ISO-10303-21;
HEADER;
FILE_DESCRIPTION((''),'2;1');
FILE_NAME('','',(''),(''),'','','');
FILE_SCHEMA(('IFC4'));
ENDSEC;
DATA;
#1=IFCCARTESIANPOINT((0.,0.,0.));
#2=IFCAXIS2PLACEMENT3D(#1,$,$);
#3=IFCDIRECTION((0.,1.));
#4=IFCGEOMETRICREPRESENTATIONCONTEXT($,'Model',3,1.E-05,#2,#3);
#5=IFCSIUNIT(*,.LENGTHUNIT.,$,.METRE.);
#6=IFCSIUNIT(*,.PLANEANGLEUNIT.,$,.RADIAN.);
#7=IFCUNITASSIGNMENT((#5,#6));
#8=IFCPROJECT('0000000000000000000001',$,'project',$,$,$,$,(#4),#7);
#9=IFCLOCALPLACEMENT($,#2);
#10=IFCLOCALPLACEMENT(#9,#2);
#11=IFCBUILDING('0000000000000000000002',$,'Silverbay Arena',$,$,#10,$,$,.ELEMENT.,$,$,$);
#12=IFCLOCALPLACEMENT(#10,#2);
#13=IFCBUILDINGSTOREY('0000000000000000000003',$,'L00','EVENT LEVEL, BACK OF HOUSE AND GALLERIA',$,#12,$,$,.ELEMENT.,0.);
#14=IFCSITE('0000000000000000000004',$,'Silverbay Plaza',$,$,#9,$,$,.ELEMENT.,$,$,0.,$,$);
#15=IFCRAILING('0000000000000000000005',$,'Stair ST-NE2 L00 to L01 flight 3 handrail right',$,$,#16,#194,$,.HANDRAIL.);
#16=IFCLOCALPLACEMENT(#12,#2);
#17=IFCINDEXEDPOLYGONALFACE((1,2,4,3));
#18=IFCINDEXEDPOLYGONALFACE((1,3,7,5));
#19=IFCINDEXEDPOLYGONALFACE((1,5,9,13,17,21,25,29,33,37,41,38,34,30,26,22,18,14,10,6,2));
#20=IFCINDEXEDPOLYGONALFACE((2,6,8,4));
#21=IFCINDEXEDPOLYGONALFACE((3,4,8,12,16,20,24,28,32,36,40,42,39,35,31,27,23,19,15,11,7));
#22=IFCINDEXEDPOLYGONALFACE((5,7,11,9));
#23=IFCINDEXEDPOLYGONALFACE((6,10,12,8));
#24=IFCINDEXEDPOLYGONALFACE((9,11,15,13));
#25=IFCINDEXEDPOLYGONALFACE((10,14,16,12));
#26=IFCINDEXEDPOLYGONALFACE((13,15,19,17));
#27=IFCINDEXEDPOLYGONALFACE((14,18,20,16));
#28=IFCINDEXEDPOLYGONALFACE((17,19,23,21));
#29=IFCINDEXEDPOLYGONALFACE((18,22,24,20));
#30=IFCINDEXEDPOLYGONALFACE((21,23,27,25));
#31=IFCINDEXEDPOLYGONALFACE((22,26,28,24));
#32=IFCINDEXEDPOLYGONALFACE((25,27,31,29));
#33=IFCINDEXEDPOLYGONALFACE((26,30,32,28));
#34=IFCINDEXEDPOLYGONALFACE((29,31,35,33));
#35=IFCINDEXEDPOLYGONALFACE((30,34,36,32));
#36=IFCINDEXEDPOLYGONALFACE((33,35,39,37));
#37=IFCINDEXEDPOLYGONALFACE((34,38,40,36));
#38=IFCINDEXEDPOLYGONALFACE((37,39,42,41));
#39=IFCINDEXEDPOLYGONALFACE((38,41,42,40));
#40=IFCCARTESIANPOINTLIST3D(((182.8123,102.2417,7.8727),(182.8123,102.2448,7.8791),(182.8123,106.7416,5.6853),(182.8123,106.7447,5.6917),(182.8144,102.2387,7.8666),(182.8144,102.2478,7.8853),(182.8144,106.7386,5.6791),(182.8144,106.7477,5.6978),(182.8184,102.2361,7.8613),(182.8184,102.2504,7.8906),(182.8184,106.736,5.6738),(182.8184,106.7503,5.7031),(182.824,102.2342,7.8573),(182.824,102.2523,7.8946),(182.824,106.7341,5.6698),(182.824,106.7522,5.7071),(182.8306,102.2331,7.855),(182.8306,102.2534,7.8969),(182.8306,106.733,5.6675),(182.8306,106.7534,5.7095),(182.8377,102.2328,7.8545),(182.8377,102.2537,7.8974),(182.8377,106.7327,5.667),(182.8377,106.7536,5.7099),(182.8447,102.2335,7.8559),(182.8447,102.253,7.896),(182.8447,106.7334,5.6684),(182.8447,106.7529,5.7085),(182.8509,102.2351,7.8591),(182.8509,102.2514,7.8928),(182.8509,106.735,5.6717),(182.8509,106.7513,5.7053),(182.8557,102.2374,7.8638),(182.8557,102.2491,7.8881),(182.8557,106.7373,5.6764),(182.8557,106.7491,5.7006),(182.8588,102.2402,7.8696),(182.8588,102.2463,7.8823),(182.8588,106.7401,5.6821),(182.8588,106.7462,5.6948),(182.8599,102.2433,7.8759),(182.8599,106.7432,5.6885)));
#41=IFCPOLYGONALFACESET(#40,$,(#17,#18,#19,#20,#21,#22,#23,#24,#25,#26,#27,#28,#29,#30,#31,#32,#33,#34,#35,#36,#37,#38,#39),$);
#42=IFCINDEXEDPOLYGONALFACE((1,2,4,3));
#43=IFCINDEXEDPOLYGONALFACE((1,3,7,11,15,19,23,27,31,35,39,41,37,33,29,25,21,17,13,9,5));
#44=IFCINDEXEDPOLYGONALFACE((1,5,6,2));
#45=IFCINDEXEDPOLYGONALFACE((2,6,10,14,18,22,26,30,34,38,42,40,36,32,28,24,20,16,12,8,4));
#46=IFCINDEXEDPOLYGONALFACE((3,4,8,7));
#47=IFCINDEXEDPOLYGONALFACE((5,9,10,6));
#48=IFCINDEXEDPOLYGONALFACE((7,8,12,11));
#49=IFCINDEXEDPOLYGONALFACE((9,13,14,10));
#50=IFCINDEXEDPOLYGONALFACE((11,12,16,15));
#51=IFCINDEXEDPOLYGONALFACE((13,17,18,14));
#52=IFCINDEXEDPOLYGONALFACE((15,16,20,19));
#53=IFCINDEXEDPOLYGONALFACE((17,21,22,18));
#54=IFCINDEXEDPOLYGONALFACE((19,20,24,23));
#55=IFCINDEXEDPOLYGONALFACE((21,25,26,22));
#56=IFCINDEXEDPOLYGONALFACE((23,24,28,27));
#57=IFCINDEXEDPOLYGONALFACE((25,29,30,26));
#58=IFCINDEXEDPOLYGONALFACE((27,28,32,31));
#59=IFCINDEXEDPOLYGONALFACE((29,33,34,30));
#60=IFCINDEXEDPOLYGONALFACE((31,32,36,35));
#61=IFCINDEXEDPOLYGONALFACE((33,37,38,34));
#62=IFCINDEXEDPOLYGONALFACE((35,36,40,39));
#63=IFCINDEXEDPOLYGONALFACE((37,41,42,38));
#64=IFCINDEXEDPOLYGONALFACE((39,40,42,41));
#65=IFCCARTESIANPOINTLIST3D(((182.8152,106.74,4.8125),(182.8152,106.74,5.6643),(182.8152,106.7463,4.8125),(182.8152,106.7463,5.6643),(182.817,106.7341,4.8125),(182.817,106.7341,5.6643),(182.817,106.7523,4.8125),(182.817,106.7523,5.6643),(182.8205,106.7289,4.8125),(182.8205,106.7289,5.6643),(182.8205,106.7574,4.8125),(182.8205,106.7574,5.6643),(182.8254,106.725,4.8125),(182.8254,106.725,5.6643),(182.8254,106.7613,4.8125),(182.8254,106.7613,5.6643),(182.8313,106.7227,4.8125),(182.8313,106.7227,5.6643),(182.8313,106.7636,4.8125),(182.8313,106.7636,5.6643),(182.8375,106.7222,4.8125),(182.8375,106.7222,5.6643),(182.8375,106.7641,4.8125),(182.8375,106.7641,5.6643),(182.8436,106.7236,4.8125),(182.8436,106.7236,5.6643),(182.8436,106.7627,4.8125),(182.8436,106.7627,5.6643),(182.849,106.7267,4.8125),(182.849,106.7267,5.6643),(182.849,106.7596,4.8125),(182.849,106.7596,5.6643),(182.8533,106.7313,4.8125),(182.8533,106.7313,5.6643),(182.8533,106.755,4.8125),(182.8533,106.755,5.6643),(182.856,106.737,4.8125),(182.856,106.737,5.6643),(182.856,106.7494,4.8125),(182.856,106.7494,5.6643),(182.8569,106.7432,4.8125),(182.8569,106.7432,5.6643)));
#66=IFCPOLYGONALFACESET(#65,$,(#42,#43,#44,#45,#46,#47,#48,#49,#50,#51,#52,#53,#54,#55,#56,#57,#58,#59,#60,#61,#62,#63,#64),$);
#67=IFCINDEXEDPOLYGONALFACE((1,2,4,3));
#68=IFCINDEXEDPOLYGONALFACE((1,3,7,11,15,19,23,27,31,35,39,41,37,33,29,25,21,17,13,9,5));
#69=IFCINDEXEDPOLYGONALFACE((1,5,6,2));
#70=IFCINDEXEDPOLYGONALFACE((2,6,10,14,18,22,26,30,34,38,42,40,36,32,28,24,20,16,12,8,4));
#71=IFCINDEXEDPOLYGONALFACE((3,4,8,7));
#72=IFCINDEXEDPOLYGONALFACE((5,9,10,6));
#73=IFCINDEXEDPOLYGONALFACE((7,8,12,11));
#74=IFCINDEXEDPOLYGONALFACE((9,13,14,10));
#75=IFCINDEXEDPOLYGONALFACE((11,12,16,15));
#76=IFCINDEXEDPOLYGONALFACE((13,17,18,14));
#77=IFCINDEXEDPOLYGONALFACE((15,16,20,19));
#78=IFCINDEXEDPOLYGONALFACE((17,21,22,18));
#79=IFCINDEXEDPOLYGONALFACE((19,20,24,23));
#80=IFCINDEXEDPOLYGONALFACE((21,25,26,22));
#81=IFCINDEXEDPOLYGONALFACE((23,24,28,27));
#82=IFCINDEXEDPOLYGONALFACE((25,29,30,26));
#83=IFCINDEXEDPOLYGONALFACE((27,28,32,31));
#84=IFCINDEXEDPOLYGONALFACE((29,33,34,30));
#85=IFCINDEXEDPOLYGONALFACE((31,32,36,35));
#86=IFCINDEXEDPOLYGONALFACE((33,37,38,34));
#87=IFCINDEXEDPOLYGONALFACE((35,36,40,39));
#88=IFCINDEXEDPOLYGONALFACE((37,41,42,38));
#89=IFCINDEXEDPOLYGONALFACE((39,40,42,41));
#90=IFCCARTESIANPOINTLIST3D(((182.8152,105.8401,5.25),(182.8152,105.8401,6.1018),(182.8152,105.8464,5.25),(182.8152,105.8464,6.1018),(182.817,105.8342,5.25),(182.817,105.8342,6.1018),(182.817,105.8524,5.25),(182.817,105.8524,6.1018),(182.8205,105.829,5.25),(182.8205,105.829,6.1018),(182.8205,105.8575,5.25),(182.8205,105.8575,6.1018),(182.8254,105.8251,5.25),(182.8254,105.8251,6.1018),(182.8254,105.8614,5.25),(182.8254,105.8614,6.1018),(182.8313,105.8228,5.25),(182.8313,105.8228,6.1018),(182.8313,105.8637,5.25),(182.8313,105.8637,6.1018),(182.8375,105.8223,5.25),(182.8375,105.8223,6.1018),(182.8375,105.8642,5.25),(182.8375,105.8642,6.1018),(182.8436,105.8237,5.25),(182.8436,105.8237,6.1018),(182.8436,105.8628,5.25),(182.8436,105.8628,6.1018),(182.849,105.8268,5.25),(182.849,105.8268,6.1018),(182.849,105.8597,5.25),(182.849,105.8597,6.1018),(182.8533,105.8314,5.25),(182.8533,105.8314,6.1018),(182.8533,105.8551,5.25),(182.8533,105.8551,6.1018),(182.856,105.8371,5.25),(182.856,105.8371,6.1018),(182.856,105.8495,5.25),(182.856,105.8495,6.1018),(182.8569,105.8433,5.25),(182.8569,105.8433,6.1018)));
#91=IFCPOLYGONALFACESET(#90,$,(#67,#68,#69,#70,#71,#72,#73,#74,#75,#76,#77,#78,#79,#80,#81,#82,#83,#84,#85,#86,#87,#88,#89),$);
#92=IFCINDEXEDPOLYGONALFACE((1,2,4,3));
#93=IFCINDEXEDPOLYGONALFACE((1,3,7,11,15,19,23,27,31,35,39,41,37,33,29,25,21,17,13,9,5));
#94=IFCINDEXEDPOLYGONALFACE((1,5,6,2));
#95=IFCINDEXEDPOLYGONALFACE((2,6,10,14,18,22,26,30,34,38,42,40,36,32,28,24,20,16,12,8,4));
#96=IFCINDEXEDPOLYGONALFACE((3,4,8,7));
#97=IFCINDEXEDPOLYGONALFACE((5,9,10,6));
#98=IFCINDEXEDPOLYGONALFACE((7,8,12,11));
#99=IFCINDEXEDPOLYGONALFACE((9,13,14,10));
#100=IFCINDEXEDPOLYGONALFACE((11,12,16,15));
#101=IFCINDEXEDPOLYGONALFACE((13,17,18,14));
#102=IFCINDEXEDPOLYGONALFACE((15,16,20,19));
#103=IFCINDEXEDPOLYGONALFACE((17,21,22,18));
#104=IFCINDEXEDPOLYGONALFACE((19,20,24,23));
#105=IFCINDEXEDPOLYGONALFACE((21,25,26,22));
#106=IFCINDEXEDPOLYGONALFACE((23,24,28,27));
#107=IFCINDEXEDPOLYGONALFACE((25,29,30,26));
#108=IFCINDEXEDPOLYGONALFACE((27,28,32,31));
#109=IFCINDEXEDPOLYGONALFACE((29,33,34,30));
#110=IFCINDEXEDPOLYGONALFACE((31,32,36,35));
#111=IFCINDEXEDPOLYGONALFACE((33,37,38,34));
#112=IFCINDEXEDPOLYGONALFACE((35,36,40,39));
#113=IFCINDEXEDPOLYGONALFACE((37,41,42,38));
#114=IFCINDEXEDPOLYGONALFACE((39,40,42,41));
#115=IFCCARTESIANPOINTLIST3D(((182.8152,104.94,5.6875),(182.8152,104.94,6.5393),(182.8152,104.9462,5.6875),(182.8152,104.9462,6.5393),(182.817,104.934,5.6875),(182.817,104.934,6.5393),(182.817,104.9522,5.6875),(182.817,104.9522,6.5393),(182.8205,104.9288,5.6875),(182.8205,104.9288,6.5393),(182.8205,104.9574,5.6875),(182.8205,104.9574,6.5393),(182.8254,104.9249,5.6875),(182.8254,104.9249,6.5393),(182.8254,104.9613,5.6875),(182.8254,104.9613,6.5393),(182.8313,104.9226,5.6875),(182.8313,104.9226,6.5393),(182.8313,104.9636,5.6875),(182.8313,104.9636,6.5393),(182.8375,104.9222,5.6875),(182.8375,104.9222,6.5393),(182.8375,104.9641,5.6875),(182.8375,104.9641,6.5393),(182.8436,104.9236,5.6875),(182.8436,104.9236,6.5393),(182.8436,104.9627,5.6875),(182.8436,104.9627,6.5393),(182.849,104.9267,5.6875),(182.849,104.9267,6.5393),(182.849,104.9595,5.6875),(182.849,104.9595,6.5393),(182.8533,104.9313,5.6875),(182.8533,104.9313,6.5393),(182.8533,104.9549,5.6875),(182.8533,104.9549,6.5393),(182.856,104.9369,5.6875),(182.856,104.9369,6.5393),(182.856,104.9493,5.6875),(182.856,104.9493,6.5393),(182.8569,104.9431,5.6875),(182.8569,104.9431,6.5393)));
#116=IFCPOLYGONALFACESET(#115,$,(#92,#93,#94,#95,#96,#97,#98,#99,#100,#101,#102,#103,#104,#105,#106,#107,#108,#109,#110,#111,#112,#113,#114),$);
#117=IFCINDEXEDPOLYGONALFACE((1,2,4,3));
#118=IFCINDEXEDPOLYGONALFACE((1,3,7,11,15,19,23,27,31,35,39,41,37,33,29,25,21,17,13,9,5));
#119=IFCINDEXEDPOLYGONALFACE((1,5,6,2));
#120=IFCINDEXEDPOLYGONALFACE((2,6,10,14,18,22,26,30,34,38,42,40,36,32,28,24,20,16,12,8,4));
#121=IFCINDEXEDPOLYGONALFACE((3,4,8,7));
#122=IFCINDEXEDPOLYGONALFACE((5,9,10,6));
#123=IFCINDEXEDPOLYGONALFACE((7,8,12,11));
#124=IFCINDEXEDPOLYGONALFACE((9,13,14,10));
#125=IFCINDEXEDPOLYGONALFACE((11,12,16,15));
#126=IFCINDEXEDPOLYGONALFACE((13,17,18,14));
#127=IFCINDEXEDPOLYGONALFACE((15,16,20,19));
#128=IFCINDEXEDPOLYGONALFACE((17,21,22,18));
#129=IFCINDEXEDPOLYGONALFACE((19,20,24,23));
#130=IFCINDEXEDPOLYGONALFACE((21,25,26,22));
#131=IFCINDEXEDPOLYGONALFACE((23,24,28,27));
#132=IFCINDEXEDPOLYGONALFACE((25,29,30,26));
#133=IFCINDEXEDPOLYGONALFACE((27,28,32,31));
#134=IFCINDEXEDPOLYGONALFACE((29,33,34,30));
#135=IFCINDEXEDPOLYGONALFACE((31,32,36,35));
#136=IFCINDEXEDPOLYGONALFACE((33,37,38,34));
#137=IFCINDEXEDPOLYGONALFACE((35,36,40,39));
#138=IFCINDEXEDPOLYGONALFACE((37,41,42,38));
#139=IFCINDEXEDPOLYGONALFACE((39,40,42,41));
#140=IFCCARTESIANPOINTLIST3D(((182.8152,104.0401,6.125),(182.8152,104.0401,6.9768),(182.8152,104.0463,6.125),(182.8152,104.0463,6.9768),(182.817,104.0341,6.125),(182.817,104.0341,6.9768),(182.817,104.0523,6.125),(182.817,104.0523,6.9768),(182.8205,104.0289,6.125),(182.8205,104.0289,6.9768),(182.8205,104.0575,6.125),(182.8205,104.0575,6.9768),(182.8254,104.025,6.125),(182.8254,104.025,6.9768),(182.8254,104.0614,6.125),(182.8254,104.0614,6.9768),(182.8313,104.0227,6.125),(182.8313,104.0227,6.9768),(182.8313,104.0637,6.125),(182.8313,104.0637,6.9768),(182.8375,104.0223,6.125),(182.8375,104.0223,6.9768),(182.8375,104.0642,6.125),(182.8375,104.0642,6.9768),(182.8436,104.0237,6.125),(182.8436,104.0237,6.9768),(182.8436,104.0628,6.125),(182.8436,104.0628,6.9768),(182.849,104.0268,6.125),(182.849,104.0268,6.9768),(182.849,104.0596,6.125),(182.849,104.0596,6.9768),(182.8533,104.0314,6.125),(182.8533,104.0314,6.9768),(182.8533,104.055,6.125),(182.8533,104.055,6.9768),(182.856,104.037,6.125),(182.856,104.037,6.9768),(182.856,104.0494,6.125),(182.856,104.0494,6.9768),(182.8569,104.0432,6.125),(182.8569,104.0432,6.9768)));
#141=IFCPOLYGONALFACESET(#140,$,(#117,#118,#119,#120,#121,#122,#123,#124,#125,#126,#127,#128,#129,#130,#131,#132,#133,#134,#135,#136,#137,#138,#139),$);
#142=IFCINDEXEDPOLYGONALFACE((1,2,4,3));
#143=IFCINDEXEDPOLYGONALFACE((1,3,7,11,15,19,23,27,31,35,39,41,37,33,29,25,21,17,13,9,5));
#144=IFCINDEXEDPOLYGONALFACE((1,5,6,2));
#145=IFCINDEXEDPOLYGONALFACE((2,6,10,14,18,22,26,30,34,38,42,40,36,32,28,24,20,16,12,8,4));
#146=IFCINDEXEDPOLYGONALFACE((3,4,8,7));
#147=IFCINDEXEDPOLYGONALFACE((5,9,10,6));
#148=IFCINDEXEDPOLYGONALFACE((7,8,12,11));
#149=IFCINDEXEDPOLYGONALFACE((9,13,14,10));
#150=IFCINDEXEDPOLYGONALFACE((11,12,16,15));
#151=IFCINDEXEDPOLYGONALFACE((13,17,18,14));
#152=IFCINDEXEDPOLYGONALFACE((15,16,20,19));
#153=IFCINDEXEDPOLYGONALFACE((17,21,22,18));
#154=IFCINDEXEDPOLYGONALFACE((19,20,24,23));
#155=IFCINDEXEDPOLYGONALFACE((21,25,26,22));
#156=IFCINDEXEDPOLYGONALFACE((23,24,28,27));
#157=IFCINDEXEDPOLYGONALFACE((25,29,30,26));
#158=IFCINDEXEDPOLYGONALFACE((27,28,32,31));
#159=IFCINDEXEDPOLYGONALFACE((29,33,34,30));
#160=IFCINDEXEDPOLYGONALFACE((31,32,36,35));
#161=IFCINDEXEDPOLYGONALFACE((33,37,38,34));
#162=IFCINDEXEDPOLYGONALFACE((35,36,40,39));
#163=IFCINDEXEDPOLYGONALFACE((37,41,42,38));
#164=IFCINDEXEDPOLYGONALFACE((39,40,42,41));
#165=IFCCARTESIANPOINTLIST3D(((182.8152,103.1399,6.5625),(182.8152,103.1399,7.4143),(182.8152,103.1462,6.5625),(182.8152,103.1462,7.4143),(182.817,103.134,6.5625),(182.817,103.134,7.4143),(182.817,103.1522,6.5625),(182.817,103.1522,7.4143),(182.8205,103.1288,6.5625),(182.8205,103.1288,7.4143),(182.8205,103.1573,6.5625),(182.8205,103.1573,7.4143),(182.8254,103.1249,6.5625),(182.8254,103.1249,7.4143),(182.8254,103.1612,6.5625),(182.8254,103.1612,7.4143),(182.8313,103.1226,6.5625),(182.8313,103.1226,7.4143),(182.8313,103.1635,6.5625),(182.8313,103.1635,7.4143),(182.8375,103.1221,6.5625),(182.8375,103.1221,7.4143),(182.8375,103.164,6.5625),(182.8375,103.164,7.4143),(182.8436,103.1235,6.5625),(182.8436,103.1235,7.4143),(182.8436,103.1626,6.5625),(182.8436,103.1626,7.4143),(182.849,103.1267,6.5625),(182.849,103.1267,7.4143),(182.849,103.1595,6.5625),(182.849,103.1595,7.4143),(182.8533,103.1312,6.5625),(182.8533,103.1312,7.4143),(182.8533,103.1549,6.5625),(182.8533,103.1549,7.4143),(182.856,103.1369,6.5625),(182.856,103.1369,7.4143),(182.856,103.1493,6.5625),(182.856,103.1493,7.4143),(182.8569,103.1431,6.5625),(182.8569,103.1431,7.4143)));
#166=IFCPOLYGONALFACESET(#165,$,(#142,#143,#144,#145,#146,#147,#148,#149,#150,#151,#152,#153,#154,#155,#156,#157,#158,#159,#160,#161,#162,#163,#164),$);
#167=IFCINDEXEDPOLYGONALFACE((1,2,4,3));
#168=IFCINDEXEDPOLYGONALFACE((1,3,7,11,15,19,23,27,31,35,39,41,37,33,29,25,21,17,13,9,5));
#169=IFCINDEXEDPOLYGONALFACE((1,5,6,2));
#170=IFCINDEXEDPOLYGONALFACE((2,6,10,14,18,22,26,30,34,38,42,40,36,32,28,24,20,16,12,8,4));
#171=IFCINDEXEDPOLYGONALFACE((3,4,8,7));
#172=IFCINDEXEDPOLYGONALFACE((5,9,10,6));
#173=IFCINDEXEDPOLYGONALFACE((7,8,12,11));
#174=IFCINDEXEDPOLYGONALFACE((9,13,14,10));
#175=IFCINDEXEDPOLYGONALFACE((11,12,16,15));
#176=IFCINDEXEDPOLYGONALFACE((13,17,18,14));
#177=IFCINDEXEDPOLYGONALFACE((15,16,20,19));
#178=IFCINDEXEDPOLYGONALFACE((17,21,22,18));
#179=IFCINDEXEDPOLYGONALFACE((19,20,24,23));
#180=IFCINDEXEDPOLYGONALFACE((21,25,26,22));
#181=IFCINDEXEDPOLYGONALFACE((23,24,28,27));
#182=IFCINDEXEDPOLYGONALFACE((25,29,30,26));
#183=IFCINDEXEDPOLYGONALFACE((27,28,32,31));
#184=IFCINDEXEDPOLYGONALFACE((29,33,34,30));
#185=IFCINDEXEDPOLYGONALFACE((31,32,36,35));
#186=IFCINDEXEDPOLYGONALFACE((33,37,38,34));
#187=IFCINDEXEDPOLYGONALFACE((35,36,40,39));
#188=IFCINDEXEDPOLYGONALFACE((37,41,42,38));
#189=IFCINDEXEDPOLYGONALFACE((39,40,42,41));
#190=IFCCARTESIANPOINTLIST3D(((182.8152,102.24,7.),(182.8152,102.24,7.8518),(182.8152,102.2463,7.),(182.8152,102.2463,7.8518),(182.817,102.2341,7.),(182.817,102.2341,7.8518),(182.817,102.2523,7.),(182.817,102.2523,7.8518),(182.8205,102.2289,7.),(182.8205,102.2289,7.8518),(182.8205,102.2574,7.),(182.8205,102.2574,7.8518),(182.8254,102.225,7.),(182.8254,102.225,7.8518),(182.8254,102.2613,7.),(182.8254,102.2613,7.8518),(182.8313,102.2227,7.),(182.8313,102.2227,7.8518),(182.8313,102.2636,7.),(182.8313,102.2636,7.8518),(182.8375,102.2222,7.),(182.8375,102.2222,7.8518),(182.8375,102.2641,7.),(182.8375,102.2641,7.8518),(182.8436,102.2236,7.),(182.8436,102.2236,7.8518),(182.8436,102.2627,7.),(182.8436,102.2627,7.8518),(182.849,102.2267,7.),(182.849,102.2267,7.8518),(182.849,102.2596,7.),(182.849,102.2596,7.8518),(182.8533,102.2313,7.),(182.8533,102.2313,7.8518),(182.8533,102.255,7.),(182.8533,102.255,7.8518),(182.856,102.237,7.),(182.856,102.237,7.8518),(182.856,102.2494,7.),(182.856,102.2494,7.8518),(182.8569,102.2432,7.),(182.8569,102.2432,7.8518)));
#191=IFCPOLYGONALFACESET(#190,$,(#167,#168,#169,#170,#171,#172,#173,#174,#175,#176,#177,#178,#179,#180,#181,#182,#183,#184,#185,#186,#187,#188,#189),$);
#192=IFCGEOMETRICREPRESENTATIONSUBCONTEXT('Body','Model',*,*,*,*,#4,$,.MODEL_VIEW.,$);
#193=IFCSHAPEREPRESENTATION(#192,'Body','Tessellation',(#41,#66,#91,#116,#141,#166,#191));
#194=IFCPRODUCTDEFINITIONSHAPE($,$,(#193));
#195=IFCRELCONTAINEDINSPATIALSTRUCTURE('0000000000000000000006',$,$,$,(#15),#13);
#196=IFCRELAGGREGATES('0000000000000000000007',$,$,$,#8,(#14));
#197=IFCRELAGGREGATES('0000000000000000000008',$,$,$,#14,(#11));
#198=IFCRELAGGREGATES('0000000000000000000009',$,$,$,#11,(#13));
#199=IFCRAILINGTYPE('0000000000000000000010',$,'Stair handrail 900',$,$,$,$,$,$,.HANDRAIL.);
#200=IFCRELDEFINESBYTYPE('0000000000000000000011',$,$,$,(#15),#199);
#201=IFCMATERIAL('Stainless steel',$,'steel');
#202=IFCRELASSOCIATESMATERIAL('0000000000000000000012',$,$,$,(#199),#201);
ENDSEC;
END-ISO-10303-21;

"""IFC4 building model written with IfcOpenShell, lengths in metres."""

from ifc_helpers import new_model, si_unit, direction, frame, origin, origin_2d, place, context, subcontext, project, spatial, circle, extrude, material, type_object, element, save


model = new_model("IFC4")

# Units and contexts
model_context = context("Model", 3, precision=1e-05, world=origin(), true_north=direction((0.0, 1.0)))
body_context = subcontext(model_context, "Body", "Model", "MODEL_VIEW")
ifc_project = project(units=[si_unit("LENGTHUNIT", "METRE"), si_unit("PLANEANGLEUNIT", "RADIAN")], contexts=[model_context])

# Site, building, storey
site_placement = place(None, origin())
site = spatial("IfcSite", under=ifc_project, at=site_placement, Name="Silverbay Plaza", CompositionType="ELEMENT", RefElevation=0.0)
building_placement = place(site_placement, origin())
building = spatial("IfcBuilding", under=site, at=building_placement, Name="Silverbay Arena", CompositionType="ELEMENT")
storey_placement = place(building_placement, origin())
storey = spatial("IfcBuildingStorey", under=building, at=storey_placement, Name="L00", Description="EVENT LEVEL, BACK OF HOUSE AND GALLERIA", CompositionType="ELEMENT", Elevation=0.0)

# Railing
ifc_material_1 = material(Name="Stainless steel", Category="steel")
railing_type_1 = type_object("IfcRailingType", Name="Stair handrail 900", PredefinedType="HANDRAIL", material=ifc_material_1)
for number, where, name in (
    (1, (182.8359, 106.7432, 4.8125), "Stair ST-NE2 L00 to L01 flight 3 handrail right"),
):
    element("IfcRailing", number, at=place(storey_placement, frame(where)), inside=storey, type_object=railing_type_1, Name=name, PredefinedType="HANDRAIL", context=body_context, shape_type="SweptSolid", body=[
        extrude(circle(Radius=0.0239, at=origin_2d()), frame((0.0, 0.0, 0.876), z_axis=(0.0, -0.899368, 0.437193), x_axis=(1.0, 0.0, 0.0)), (0.0, 0.0, 1.0), 5.0034),
        extrude(circle(Radius=0.021, at=origin_2d()), origin(), (0.0, 0.0, 1.0), 0.8518),
        extrude(circle(Radius=0.021, at=origin_2d()), frame((0.0, -0.8999, 0.4375)), (0.0, 0.0, 1.0), 0.8518),
        extrude(circle(Radius=0.021, at=origin_2d()), frame((0.0, -1.8, 0.875)), (0.0, 0.0, 1.0), 0.8518),
        extrude(circle(Radius=0.021, at=origin_2d()), frame((0.0, -2.7, 1.3125)), (0.0, 0.0, 1.0), 0.8518),
        extrude(circle(Radius=0.021, at=origin_2d()), frame((0.0, -3.6001, 1.75)), (0.0, 0.0, 1.0), 0.8518),
        extrude(circle(Radius=0.021, at=origin_2d()), frame((0.0, -4.5, 2.1875)), (0.0, 0.0, 1.0), 0.8518),
    ])

save(model, "model.ifc")
